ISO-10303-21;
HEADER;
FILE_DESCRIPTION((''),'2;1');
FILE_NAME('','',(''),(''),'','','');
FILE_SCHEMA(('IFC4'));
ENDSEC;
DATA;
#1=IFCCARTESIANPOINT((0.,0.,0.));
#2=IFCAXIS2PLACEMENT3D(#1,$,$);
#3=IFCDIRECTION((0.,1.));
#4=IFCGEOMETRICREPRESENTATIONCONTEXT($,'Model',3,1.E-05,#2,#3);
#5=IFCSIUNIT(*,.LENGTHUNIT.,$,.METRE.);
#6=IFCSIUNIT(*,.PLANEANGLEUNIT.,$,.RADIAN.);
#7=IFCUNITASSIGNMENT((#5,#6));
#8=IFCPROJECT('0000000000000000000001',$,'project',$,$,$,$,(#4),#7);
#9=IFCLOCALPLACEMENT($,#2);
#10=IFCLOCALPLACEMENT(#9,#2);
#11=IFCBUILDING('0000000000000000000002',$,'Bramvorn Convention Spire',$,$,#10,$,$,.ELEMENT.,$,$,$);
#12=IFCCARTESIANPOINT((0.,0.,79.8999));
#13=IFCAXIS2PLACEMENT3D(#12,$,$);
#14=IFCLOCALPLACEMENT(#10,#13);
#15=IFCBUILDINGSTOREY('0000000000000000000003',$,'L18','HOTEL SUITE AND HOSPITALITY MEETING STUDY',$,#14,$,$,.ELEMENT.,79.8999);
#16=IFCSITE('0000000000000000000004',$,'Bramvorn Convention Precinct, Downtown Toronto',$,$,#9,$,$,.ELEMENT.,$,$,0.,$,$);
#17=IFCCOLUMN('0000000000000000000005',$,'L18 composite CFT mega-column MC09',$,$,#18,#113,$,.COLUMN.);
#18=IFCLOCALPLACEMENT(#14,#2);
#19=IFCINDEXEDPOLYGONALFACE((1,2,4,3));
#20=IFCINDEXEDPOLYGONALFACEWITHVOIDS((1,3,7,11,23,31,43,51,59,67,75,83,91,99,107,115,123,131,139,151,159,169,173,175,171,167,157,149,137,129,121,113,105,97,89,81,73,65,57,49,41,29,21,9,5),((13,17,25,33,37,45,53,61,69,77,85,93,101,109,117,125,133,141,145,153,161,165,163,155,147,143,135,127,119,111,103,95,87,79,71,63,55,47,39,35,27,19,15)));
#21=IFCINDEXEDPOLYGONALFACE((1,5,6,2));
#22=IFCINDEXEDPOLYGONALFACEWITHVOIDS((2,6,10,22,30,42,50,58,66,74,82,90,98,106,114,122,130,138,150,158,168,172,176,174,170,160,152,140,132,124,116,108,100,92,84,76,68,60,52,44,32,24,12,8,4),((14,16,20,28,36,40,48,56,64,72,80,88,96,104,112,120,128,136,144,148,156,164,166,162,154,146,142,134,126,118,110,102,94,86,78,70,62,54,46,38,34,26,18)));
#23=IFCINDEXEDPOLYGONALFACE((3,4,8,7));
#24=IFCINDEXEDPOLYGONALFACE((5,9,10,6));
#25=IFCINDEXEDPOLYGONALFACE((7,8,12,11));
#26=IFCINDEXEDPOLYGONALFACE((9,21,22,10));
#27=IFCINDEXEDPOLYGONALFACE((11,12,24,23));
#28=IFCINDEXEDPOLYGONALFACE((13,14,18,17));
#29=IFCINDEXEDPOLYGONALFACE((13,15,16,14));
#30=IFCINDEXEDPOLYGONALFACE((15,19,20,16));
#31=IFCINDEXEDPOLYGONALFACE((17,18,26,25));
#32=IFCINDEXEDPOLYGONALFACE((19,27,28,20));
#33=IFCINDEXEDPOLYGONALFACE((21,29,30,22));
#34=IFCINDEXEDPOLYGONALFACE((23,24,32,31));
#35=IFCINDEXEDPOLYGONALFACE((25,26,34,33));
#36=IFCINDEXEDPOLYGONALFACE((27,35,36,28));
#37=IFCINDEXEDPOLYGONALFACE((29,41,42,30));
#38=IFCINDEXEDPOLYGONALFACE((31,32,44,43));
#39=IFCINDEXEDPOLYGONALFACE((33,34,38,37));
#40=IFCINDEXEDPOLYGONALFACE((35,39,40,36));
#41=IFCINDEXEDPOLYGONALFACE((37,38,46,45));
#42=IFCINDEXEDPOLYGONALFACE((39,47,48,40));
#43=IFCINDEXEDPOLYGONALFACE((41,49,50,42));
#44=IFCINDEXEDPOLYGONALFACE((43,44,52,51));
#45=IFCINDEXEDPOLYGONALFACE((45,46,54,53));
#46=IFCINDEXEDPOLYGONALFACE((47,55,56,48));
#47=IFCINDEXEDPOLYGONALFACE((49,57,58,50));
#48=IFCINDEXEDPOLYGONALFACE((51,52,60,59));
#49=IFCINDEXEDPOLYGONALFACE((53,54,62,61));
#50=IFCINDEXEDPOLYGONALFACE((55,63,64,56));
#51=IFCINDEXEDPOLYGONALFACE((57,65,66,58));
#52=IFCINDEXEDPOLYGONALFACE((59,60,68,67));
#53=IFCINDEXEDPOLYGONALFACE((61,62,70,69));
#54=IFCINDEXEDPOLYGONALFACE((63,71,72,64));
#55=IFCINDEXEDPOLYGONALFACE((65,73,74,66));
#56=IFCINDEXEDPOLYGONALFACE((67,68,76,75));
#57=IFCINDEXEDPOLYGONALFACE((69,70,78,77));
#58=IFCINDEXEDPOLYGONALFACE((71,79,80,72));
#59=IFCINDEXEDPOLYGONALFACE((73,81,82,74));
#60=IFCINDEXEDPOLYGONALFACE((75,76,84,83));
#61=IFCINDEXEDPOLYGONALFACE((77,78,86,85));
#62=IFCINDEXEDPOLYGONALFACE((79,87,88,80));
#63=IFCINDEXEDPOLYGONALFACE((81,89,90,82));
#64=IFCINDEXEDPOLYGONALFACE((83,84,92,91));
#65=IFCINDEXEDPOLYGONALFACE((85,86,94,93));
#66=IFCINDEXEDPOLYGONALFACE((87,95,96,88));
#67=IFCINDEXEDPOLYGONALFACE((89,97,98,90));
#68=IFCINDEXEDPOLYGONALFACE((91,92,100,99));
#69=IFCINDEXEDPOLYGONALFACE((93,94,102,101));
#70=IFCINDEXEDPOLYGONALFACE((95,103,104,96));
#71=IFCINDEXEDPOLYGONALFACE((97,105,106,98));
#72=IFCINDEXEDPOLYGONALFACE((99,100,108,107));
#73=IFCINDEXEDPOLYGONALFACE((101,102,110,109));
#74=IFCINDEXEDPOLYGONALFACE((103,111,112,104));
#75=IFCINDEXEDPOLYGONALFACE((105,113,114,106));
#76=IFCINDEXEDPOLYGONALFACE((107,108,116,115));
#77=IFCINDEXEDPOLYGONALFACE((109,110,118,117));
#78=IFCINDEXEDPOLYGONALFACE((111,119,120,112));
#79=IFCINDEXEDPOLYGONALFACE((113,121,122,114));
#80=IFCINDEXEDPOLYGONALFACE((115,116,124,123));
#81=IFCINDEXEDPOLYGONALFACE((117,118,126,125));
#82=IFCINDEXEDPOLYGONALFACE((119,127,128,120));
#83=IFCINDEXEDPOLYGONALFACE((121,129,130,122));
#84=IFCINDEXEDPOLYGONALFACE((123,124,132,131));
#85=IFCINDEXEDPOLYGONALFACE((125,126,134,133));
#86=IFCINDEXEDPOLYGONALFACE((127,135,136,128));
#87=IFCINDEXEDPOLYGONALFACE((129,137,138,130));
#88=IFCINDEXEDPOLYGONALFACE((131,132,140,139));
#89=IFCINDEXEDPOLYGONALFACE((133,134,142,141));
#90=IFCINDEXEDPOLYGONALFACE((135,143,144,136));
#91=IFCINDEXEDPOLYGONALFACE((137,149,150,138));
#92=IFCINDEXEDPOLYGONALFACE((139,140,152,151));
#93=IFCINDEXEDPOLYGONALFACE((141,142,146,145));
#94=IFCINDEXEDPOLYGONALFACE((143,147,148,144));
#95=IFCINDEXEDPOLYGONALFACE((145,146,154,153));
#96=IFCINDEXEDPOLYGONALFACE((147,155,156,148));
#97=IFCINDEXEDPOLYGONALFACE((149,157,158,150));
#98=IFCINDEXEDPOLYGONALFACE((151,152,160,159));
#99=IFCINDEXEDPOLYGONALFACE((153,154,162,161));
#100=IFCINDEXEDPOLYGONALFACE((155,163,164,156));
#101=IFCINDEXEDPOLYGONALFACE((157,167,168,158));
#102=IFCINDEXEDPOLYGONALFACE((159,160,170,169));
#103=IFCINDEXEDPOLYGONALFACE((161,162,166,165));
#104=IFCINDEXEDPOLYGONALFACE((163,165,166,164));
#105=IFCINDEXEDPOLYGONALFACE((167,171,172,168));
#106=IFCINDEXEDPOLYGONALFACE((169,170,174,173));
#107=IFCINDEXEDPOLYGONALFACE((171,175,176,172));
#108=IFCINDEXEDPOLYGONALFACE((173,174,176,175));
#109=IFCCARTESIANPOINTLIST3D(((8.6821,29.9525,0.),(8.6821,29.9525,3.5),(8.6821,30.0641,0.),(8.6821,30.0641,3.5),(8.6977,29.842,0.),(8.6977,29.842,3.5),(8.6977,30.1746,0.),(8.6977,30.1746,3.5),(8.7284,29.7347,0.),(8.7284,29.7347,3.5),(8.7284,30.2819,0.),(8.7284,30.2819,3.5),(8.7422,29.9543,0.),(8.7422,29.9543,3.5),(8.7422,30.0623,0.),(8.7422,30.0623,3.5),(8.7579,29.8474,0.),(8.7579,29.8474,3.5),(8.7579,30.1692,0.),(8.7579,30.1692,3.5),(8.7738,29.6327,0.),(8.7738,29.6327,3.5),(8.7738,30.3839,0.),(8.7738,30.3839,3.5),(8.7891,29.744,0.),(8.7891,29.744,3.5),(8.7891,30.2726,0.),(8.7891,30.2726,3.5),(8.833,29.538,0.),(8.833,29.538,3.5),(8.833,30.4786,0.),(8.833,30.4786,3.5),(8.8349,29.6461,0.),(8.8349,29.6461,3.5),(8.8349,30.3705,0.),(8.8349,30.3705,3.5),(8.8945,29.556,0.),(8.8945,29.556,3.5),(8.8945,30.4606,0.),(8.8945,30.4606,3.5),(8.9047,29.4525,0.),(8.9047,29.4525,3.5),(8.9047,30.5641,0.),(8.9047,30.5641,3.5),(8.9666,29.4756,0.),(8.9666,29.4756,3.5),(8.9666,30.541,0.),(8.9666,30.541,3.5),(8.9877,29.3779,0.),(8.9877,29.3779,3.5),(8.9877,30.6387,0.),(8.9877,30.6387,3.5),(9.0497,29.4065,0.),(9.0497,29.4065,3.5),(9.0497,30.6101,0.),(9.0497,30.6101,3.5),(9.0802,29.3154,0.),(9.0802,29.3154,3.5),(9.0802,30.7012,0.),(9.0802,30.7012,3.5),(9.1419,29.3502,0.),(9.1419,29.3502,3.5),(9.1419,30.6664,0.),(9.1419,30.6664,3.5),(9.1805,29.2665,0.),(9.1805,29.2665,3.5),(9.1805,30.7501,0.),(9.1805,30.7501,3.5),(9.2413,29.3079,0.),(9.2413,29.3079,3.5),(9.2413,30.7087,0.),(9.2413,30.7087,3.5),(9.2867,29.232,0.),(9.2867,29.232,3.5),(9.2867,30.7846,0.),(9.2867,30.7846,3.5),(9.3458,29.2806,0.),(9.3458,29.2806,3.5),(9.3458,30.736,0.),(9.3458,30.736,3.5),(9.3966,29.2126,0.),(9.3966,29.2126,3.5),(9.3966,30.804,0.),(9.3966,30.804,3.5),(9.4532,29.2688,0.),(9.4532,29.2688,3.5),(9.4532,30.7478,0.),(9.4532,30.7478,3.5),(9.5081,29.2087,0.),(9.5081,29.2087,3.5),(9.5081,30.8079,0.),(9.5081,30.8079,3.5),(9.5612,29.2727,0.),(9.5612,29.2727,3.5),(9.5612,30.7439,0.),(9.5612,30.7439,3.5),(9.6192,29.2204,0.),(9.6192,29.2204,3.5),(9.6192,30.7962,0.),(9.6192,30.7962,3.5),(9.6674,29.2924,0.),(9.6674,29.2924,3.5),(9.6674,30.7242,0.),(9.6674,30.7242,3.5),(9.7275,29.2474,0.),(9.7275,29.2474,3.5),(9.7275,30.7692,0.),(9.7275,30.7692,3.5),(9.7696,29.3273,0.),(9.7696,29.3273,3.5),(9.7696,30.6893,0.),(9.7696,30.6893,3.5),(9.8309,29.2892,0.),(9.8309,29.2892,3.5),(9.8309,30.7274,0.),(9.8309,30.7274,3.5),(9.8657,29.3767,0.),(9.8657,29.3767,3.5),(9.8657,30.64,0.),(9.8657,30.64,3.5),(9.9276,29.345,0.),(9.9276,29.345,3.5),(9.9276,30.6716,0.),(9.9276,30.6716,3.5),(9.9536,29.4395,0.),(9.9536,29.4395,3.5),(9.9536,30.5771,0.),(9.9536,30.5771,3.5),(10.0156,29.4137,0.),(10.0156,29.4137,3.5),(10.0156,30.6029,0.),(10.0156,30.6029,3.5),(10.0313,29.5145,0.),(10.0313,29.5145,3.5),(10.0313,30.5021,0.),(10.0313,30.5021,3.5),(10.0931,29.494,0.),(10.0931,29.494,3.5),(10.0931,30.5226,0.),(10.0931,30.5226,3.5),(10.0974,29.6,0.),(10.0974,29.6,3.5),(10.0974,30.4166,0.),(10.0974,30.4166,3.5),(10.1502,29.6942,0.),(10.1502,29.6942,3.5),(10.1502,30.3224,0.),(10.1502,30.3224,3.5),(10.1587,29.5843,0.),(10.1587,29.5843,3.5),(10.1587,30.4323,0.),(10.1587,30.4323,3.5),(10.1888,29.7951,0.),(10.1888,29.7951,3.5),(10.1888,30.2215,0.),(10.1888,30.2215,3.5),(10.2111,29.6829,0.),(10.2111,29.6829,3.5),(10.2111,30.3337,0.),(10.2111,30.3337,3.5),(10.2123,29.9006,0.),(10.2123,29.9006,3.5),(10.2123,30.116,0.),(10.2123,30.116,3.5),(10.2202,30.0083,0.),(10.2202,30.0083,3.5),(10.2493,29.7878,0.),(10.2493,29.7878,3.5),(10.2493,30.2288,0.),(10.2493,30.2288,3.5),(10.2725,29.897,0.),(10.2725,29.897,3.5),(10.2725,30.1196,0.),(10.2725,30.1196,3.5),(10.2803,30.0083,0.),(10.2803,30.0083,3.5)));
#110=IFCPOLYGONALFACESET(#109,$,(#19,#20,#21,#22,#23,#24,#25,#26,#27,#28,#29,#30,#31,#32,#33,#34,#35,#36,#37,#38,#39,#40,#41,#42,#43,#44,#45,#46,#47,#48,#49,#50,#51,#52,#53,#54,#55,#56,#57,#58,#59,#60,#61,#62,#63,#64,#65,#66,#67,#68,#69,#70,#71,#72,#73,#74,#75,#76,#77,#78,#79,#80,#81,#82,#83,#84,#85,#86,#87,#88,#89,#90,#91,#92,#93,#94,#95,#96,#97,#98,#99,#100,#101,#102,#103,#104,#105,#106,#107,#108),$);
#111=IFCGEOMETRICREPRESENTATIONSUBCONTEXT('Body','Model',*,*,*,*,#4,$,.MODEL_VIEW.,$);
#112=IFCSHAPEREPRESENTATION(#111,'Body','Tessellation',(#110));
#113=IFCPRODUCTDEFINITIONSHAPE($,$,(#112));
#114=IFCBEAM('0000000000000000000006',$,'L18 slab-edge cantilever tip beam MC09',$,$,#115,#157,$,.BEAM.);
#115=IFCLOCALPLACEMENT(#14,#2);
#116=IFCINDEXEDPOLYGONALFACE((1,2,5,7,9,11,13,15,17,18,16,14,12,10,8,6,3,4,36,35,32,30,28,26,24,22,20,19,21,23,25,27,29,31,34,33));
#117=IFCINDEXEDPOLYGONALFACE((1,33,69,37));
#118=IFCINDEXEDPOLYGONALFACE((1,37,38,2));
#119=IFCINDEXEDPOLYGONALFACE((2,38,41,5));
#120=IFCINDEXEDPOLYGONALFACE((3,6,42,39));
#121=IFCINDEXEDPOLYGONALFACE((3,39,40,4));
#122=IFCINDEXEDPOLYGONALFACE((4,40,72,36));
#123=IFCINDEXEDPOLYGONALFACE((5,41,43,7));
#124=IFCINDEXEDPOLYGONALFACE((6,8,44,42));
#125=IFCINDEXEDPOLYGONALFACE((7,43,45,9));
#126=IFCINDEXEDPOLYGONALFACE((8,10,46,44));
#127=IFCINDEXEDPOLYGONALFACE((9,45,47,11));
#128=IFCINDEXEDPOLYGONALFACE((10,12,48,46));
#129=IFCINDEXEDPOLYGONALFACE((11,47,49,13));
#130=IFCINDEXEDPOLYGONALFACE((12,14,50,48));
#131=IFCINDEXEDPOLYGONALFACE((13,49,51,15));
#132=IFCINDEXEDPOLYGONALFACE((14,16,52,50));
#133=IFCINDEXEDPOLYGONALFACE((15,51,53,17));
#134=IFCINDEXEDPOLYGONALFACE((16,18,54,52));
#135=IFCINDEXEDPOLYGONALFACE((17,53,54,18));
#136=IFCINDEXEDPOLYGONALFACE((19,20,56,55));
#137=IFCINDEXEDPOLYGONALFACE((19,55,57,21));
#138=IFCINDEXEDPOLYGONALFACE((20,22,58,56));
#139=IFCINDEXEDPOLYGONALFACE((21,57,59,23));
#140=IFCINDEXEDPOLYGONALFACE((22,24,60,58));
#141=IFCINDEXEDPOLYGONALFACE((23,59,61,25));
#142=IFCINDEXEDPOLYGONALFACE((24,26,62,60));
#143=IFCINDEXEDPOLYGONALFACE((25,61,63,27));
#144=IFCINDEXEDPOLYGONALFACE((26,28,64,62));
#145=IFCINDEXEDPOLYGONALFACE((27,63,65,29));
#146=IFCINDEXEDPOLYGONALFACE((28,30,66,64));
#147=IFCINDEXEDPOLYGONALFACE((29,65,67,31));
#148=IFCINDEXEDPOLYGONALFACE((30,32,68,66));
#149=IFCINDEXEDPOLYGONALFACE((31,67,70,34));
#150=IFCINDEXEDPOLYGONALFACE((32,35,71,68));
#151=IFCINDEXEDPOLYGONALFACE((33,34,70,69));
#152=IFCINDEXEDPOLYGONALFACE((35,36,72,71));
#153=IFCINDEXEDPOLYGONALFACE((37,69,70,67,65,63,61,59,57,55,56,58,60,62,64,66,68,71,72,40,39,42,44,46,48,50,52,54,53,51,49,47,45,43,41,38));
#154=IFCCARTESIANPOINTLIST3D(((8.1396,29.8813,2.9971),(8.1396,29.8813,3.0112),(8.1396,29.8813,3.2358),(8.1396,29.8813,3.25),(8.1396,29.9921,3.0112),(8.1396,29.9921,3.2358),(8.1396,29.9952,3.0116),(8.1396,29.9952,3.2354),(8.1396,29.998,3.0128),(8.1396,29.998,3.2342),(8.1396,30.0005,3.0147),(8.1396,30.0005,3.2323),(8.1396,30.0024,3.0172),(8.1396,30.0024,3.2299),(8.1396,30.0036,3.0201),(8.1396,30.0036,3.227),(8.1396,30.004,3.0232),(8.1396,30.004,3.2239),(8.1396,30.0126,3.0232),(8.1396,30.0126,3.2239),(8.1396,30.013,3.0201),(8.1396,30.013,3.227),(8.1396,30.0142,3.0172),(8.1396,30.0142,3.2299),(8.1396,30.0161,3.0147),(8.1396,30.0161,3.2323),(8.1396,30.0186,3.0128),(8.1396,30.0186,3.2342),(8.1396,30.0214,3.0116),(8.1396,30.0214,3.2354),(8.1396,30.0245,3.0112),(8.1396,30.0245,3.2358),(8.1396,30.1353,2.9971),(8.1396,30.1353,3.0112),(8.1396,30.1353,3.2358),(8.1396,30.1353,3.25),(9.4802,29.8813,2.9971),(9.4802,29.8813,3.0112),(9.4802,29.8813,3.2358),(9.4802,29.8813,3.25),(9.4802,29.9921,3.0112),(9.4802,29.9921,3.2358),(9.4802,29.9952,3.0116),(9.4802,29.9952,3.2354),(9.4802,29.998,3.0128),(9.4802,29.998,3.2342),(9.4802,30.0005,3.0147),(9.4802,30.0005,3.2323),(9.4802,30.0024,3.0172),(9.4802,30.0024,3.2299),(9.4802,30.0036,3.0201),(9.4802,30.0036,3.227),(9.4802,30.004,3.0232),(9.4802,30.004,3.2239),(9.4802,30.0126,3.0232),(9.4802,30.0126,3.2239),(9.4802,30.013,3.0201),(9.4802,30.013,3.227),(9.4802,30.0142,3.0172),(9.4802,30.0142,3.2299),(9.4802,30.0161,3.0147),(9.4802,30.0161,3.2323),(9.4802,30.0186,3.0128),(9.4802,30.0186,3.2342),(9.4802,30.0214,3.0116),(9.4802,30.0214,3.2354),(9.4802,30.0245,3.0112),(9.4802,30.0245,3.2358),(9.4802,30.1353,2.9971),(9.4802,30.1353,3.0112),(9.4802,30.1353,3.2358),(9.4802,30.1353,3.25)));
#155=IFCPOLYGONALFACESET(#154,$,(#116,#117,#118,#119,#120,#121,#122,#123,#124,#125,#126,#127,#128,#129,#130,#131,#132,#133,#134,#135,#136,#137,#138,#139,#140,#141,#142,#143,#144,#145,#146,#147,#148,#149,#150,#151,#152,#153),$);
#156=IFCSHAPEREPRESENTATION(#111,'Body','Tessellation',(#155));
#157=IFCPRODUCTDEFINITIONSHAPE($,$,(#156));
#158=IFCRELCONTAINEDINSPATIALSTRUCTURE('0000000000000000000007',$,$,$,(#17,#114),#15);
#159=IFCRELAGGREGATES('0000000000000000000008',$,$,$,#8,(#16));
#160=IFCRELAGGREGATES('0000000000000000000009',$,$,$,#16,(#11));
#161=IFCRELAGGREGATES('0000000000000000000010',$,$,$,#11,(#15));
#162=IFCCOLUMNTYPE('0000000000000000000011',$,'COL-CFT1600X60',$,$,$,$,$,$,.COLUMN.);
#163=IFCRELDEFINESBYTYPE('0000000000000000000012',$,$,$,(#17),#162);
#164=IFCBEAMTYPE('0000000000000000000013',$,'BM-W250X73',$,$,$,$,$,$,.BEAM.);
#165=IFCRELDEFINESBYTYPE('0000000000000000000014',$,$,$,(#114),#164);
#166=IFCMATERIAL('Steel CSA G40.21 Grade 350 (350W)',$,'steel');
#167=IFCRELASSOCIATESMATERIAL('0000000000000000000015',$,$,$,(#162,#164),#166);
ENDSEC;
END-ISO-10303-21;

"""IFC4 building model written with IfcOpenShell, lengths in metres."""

from ifc_helpers import new_model, si_unit, direction, frame, origin, origin_2d, place, context, subcontext, project, spatial, hollow_circle, i_section, extrude, material, material_profile, profile_set, type_object, element, save


model = new_model("IFC4")

# Units and contexts
model_context = context("Model", 3, precision=1e-05, world=origin(), true_north=direction((0.0, 1.0)))
body_context = subcontext(model_context, "Body", "Model", "MODEL_VIEW")
ifc_project = project(units=[si_unit("LENGTHUNIT", "METRE"), si_unit("PLANEANGLEUNIT", "RADIAN")], contexts=[model_context])

# Site, building, storey
site_placement = place(None, origin())
site = spatial("IfcSite", under=ifc_project, at=site_placement, Name="Bramvorn Convention Precinct, Downtown Toronto", CompositionType="ELEMENT", RefElevation=0.0)
building_placement = place(site_placement, origin())
building = spatial("IfcBuilding", under=site, at=building_placement, Name="Bramvorn Convention Spire", CompositionType="ELEMENT")
storey_placement = place(building_placement, frame((0.0, 0.0, 79.8999)))
storey = spatial("IfcBuildingStorey", under=building, at=storey_placement, Name="L18", Description="HOTEL SUITE AND HOSPITALITY MEETING STUDY", CompositionType="ELEMENT", Elevation=79.8999)

# Column
ifc_material_1 = material(Name="Steel CSA G40.21 Grade 350 (350W)", Category="steel")
ifc_material_profile_1 = material_profile(ifc_material_1, hollow_circle(Radius=0.8, WallThickness=0.0601, at=origin_2d()))
ifc_profile_set_1 = profile_set([ifc_material_profile_1], Name="Steel CSA G40.21 Grade 350 (350W) - CFT1600X60")
column_type = type_object("IfcColumnType", Name="COL-CFT1600X60", PredefinedType="COLUMN", material=ifc_profile_set_1)
column_placement = place(storey_placement, frame((9.4802, 30.0083, 0.0), z_axis=(0.0, 0.0, 1.0), x_axis=(1.0, 0.0, 0.0)))
element("IfcColumn", 1, at=column_placement, inside=storey, type_object=column_type, Name="L18 composite CFT mega-column MC09", PredefinedType="COLUMN", context=body_context, shape_type="SweptSolid", body=[
    extrude(hollow_circle(Radius=0.8, WallThickness=0.0601, at=origin_2d()), origin(), (0.0, 0.0, 1.0), 3.5),
])

# Beam
ifc_material_profile_2 = material_profile(ifc_material_1, i_section(OverallWidth=0.2539, OverallDepth=0.2529, WebThickness=0.0085, FlangeThickness=0.0142, FilletRadius=0.012, at=origin_2d()))
ifc_profile_set_2 = profile_set([ifc_material_profile_2], Name="Steel CSA G40.21 Grade 350 (350W) - W250X73")
beam_type_1 = type_object("IfcBeamType", Name="BM-W250X73", PredefinedType="BEAM", material=ifc_profile_set_2)
beam_1_placement = place(storey_placement, frame((9.4802, 30.0083, 3.1235), z_axis=(-1.0, 0.0, 0.0), x_axis=(0.0, -1.0, 0.0)))
element("IfcBeam", 2, at=beam_1_placement, inside=storey, type_object=beam_type_1, Name="L18 slab-edge cantilever tip beam MC09", PredefinedType="BEAM", context=body_context, shape_type="SweptSolid", body=[
    extrude(i_section(OverallWidth=0.2539, OverallDepth=0.2529, WebThickness=0.0085, FlangeThickness=0.0142, FilletRadius=0.012, at=origin_2d()), origin(), (0.0, 0.0, 1.0), 1.3406),
])

save(model, "model.ifc")
